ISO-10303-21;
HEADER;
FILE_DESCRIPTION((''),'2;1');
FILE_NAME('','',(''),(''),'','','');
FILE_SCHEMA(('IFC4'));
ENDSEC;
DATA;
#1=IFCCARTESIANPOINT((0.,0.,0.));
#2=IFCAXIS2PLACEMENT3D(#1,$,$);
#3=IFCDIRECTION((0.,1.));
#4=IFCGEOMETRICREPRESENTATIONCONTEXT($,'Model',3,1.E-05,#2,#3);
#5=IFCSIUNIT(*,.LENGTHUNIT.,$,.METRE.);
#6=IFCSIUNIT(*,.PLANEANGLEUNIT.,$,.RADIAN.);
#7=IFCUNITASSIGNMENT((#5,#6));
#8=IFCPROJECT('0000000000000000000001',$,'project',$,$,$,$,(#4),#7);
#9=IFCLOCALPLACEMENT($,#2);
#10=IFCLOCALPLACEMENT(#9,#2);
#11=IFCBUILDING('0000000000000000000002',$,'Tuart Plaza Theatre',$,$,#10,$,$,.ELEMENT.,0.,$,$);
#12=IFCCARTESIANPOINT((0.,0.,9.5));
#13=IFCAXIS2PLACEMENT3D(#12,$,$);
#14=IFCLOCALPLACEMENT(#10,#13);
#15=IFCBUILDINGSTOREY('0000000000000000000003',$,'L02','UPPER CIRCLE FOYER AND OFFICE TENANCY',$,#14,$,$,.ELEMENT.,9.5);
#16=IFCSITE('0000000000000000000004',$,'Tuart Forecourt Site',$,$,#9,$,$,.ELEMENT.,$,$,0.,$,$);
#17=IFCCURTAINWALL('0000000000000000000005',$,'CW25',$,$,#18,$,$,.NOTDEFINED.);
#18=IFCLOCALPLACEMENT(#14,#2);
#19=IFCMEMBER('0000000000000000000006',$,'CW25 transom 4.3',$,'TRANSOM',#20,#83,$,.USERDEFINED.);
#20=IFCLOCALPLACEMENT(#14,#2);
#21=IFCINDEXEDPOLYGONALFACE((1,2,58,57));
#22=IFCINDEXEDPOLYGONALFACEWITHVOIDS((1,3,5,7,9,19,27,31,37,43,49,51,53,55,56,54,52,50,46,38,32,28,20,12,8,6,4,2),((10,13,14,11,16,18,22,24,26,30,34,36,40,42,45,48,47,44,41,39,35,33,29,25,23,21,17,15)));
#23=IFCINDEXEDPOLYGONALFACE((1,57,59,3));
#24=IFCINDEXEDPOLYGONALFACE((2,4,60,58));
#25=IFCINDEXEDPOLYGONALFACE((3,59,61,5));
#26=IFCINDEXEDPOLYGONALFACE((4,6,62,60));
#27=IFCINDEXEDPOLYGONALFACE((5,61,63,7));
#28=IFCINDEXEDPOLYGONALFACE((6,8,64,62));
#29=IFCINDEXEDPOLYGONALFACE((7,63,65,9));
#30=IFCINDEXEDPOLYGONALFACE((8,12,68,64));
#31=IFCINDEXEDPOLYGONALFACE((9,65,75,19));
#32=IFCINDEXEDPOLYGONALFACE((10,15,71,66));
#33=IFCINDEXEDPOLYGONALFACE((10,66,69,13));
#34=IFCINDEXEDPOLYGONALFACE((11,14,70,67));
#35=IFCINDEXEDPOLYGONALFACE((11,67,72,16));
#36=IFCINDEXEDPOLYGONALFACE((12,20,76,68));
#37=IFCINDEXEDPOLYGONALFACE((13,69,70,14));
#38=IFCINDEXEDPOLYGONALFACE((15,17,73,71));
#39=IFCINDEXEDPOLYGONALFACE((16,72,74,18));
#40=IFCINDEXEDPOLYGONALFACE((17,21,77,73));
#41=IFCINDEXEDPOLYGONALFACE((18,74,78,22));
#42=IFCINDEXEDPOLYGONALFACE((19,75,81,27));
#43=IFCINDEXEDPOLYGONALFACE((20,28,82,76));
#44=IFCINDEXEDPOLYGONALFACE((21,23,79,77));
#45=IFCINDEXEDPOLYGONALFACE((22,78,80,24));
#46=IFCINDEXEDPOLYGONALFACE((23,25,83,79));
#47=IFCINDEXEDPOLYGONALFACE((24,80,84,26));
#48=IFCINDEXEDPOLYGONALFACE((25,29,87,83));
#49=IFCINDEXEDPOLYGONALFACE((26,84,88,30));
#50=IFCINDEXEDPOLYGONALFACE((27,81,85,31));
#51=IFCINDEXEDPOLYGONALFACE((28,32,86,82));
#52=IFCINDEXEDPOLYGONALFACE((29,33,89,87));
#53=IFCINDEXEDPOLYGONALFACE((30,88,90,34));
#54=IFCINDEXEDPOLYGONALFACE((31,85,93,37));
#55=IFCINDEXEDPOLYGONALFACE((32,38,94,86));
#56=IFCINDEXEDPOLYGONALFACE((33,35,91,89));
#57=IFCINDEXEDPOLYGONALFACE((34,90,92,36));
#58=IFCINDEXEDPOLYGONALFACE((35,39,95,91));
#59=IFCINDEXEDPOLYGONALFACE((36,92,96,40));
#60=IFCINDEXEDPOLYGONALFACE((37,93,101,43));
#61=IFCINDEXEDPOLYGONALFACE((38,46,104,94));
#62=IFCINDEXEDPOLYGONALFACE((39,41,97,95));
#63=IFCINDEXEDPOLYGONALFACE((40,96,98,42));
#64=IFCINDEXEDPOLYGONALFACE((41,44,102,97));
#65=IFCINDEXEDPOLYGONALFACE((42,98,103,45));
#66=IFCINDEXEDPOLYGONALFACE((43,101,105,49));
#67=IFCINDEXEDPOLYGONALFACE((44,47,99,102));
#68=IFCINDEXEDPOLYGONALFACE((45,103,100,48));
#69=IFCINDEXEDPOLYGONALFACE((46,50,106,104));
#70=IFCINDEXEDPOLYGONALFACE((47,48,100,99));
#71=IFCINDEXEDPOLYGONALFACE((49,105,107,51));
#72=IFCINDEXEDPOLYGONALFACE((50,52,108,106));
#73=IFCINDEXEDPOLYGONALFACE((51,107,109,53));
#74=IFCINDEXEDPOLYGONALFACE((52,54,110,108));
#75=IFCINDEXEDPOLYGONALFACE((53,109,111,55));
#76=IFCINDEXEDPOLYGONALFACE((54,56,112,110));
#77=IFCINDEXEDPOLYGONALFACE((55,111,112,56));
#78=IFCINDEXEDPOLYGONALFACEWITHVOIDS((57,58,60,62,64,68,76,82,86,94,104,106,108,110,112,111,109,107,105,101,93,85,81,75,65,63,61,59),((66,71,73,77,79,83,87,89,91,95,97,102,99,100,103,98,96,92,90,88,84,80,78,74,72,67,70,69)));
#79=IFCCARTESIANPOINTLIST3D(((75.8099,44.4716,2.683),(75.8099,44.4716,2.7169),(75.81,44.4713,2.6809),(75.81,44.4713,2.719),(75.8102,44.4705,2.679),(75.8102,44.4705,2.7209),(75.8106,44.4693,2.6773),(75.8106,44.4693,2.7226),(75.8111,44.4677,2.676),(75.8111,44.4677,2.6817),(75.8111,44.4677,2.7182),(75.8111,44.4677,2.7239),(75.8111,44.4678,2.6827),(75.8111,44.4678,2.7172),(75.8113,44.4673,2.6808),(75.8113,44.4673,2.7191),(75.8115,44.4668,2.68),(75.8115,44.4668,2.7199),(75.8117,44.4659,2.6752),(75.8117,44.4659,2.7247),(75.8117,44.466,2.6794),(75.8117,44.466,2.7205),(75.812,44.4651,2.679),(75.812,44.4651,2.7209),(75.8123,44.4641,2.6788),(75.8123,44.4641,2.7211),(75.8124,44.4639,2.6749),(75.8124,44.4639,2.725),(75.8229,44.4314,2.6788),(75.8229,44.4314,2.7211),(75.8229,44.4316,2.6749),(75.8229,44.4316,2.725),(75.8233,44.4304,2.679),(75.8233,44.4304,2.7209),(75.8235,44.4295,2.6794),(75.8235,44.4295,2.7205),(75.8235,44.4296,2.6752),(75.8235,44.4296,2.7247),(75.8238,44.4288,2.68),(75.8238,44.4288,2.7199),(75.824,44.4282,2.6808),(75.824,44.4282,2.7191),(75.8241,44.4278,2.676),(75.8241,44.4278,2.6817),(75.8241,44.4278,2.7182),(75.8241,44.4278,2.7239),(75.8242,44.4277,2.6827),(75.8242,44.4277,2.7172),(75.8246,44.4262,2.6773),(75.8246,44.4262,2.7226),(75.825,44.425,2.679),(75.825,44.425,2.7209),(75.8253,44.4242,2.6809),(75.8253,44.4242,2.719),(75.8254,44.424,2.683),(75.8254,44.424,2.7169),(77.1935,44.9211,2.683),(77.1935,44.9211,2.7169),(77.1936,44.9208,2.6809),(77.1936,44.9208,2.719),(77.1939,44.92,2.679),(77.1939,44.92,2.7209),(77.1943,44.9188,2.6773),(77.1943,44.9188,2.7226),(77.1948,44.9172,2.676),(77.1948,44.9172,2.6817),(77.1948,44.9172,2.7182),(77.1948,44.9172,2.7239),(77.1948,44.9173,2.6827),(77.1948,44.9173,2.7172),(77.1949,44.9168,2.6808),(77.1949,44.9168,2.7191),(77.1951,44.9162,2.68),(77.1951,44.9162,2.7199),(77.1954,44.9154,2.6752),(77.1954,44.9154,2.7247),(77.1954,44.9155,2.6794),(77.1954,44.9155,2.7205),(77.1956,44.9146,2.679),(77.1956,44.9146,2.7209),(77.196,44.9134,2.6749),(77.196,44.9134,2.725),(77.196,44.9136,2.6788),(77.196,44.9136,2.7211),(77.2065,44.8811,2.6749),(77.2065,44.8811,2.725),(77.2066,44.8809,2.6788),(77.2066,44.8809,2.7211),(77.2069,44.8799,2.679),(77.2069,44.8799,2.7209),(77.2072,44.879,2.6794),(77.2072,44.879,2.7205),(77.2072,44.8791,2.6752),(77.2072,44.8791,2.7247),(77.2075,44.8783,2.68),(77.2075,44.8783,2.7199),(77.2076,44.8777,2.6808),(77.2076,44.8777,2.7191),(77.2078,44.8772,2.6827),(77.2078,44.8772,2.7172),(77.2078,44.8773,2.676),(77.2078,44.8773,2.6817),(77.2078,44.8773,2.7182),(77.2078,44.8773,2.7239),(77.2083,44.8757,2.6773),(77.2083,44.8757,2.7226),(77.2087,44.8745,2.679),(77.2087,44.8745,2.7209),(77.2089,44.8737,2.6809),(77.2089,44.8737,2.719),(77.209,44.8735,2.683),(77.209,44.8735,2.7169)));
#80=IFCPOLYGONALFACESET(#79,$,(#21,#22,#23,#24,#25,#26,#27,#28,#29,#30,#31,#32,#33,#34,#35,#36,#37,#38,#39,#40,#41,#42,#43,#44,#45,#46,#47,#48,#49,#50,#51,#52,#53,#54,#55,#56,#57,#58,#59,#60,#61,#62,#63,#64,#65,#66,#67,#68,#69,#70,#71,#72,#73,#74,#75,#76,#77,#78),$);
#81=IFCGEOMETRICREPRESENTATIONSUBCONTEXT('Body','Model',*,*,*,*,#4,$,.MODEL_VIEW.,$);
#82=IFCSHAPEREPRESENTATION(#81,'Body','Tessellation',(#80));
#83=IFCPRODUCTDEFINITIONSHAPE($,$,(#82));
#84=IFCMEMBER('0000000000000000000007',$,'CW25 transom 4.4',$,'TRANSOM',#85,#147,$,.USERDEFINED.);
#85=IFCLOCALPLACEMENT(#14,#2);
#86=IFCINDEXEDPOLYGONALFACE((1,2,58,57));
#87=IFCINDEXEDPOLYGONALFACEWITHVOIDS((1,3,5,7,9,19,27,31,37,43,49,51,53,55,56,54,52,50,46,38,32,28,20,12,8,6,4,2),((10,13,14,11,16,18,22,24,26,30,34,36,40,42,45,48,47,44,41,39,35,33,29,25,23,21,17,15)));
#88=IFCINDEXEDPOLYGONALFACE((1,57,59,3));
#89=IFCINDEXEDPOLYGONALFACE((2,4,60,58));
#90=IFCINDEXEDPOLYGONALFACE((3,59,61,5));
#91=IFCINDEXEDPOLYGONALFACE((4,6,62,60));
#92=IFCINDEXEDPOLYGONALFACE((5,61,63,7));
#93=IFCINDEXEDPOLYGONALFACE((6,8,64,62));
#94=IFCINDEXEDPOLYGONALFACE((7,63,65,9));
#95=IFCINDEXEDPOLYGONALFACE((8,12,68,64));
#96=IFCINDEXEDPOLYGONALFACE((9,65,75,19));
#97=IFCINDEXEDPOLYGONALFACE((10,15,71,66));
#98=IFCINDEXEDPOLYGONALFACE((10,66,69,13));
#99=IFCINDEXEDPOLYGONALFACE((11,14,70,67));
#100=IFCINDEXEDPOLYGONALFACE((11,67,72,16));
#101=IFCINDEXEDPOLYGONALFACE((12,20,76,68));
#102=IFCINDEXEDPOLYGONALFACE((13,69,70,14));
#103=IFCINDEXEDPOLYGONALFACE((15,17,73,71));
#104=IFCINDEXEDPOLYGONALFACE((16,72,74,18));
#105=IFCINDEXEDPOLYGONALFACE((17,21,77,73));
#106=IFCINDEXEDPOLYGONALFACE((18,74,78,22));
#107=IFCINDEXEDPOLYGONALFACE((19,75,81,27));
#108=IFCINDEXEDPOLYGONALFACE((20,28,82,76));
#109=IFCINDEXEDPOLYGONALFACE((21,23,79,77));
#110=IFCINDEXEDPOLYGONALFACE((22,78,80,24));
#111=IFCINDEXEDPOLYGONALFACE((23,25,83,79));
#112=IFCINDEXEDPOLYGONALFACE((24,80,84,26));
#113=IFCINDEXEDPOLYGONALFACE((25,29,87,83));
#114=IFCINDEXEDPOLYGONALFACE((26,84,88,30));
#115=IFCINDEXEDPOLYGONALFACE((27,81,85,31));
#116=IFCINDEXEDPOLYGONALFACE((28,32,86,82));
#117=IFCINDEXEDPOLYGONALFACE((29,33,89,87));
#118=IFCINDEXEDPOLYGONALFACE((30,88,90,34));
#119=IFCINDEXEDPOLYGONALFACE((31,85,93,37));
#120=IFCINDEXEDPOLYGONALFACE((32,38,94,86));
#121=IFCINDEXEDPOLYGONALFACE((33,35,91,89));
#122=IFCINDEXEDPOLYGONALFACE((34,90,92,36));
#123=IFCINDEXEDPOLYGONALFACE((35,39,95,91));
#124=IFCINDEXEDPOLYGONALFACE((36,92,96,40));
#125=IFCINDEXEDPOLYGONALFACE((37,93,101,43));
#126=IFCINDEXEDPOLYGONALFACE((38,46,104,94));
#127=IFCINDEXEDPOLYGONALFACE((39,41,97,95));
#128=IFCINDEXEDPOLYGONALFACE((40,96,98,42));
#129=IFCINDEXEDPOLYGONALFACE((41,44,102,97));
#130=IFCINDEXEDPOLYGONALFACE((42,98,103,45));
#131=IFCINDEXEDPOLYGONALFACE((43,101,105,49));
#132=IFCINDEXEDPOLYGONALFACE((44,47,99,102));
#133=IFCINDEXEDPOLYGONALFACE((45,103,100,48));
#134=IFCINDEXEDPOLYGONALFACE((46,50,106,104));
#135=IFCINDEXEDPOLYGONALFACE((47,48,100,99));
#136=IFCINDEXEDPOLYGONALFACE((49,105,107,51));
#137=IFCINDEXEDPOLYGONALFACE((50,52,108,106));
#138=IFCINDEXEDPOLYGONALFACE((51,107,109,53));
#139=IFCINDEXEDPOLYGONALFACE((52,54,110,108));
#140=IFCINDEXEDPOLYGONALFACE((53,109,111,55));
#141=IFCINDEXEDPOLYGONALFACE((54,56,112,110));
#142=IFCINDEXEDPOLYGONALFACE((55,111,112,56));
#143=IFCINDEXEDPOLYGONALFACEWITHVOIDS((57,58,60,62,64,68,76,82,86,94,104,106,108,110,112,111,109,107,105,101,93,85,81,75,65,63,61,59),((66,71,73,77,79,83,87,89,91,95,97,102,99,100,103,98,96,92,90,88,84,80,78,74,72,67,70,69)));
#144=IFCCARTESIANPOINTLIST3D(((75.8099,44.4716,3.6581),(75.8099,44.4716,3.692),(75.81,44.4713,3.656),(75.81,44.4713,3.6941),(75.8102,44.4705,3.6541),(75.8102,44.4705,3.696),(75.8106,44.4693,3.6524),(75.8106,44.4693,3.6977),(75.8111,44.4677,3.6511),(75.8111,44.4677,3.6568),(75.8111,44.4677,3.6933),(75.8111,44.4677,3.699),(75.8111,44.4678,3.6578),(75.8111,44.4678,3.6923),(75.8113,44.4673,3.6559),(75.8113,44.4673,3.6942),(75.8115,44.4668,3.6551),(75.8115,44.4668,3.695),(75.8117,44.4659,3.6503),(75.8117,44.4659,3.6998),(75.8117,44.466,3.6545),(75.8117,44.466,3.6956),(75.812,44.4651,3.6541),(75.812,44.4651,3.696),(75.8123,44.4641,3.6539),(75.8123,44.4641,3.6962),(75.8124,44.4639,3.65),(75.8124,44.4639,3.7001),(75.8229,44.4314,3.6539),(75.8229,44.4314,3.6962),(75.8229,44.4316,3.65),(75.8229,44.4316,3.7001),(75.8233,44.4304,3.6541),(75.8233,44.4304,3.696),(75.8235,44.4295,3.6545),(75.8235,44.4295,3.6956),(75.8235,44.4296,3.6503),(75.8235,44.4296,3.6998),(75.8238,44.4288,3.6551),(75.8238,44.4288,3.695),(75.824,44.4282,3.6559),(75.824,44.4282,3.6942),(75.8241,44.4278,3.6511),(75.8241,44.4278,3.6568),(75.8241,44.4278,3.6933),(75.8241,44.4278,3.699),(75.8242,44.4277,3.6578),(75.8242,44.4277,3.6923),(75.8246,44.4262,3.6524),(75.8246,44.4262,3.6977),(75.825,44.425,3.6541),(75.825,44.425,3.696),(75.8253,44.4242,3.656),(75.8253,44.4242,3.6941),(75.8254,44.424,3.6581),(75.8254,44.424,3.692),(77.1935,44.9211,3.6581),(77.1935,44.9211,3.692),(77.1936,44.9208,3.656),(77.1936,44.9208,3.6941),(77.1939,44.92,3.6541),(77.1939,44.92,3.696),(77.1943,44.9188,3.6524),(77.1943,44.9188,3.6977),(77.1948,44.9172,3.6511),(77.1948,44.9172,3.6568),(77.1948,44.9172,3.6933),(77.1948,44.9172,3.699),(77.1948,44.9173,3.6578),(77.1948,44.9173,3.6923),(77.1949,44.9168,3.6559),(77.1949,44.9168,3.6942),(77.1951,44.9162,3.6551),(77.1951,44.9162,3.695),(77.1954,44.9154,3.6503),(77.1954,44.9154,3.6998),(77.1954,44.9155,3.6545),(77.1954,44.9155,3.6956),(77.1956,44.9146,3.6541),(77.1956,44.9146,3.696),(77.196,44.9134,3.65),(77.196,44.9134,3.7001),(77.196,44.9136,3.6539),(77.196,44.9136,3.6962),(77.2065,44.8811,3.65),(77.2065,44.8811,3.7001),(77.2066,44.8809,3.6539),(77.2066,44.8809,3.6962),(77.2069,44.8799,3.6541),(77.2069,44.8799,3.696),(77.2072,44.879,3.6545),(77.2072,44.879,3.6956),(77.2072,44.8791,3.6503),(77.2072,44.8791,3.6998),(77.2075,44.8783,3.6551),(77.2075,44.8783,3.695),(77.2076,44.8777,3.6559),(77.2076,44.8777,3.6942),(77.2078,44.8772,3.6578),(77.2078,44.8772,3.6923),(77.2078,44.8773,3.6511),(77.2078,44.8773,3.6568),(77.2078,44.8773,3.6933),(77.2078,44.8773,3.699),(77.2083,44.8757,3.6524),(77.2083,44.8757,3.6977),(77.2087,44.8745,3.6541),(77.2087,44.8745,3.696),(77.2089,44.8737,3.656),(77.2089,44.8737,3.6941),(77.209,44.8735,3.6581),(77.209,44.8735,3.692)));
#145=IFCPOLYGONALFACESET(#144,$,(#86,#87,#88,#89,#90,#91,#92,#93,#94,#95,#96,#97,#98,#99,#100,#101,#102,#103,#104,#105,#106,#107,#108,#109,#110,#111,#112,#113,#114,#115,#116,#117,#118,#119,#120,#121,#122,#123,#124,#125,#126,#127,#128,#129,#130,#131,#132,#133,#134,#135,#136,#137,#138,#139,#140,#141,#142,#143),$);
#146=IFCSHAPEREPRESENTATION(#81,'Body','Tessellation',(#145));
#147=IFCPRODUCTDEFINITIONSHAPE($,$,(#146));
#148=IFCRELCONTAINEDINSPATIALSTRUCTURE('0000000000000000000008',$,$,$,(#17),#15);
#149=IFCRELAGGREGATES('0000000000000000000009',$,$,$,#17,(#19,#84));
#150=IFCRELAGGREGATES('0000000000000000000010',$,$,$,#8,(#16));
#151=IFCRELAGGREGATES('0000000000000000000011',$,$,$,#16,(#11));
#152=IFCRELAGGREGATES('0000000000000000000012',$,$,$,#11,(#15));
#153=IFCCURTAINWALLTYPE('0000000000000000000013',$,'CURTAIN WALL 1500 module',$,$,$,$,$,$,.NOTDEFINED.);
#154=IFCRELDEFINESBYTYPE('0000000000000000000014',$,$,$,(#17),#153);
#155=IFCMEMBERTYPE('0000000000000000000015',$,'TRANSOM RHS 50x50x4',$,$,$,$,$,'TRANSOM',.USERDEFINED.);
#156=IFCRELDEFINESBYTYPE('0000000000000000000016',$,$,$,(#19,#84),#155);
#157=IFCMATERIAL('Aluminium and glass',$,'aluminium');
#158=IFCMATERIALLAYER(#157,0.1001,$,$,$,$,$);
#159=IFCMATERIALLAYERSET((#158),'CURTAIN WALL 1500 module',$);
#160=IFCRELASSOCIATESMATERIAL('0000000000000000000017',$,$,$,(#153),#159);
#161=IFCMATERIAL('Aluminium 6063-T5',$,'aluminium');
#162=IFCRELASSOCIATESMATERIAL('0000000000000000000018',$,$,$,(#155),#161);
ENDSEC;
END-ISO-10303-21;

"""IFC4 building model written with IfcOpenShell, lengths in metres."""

from ifc_helpers import new_model, si_unit, direction, frame, origin, origin_2d, place, context, subcontext, project, spatial, hollow_rectangle, extrude, material, layer, layer_set, material_profile, profile_set, type_object, element, aggregate, save


model = new_model("IFC4")

# Units and contexts
model_context = context("Model", 3, precision=1e-05, world=origin(), true_north=direction((0.0, 1.0)))
body_context = subcontext(model_context, "Body", "Model", "MODEL_VIEW")
ifc_project = project(units=[si_unit("LENGTHUNIT", "METRE"), si_unit("PLANEANGLEUNIT", "RADIAN")], contexts=[model_context])

# Site, building, storey
site_placement = place(None, origin())
site = spatial("IfcSite", under=ifc_project, at=site_placement, Name="Tuart Forecourt Site", CompositionType="ELEMENT", RefElevation=0.0)
building_placement = place(site_placement, origin())
building = spatial("IfcBuilding", under=site, at=building_placement, Name="Tuart Plaza Theatre", CompositionType="ELEMENT", ElevationOfRefHeight=0.0)
storey_placement = place(building_placement, frame((0.0, 0.0, 9.5)))
storey = spatial("IfcBuildingStorey", under=building, at=storey_placement, Name="L02", Description="UPPER CIRCLE FOYER AND OFFICE TENANCY", CompositionType="ELEMENT", Elevation=9.5)

# Curtain wall
ifc_material_1 = material(Name="Aluminium and glass", Category="aluminium")
ifc_layer_1 = layer(ifc_material_1, 0.1001)
ifc_layer_set_1 = layer_set([ifc_layer_1], Name="CURTAIN WALL 1500 module")
curtain_wall_type = type_object("IfcCurtainWallType", Name="CURTAIN WALL 1500 module", PredefinedType="NOTDEFINED", material=ifc_layer_set_1)
curtain_wall_1_placement = place(storey_placement, origin())
curtain_wall_1 = element("IfcCurtainWall", 1, at=curtain_wall_1_placement, inside=storey, type_object=curtain_wall_type, Name="CW25", PredefinedType="NOTDEFINED")

# Members
ifc_material_2 = material(Name="Aluminium 6063-T5", Category="aluminium")
ifc_material_profile_1 = material_profile(ifc_material_2, hollow_rectangle(XDim=0.05, YDim=0.05, WallThickness=0.0039, InnerFilletRadius=0.0039, OuterFilletRadius=0.0081, at=origin_2d()), Name="RHS 50x50x4")
ifc_profile_set_1 = profile_set([ifc_material_profile_1], Name="Aluminium 6063-T5")
member_type_1 = type_object("IfcMemberType", Name="TRANSOM RHS 50x50x4", ElementType="TRANSOM", PredefinedType="USERDEFINED", material=ifc_profile_set_1)
member_1_placement = place(storey_placement, frame((75.8176, 44.4478, 2.7), z_axis=(0.951072, 0.308968, 0.0), x_axis=(-0.308968, 0.951072, 0.0)))
member_1 = element("IfcMember", 2, at=member_1_placement, type_object=member_type_1, Name="CW25 transom 4.3", ObjectType="TRANSOM", PredefinedType="USERDEFINED", context=body_context, shape_type="SweptSolid", body=[
    extrude(hollow_rectangle(XDim=0.05, YDim=0.05, WallThickness=0.0039, InnerFilletRadius=0.0039, OuterFilletRadius=0.0081, at=origin_2d()), origin(), (0.0, 0.0, 1.0), 1.4548),
])
member_2_placement = place(storey_placement, frame((75.8176, 44.4478, 3.675), z_axis=(0.951072, 0.308968, 0.0), x_axis=(-0.308968, 0.951072, 0.0)))
member_2 = element("IfcMember", 3, at=member_2_placement, type_object=member_type_1, Name="CW25 transom 4.4", ObjectType="TRANSOM", PredefinedType="USERDEFINED", context=body_context, shape_type="SweptSolid", body=[
    extrude(hollow_rectangle(XDim=0.05, YDim=0.05, WallThickness=0.0039, InnerFilletRadius=0.0039, OuterFilletRadius=0.0081, at=origin_2d()), origin(), (0.0, 0.0, 1.0), 1.4548),
])

aggregate(curtain_wall_1, [member_1, member_2])

save(model, "model.ifc")
